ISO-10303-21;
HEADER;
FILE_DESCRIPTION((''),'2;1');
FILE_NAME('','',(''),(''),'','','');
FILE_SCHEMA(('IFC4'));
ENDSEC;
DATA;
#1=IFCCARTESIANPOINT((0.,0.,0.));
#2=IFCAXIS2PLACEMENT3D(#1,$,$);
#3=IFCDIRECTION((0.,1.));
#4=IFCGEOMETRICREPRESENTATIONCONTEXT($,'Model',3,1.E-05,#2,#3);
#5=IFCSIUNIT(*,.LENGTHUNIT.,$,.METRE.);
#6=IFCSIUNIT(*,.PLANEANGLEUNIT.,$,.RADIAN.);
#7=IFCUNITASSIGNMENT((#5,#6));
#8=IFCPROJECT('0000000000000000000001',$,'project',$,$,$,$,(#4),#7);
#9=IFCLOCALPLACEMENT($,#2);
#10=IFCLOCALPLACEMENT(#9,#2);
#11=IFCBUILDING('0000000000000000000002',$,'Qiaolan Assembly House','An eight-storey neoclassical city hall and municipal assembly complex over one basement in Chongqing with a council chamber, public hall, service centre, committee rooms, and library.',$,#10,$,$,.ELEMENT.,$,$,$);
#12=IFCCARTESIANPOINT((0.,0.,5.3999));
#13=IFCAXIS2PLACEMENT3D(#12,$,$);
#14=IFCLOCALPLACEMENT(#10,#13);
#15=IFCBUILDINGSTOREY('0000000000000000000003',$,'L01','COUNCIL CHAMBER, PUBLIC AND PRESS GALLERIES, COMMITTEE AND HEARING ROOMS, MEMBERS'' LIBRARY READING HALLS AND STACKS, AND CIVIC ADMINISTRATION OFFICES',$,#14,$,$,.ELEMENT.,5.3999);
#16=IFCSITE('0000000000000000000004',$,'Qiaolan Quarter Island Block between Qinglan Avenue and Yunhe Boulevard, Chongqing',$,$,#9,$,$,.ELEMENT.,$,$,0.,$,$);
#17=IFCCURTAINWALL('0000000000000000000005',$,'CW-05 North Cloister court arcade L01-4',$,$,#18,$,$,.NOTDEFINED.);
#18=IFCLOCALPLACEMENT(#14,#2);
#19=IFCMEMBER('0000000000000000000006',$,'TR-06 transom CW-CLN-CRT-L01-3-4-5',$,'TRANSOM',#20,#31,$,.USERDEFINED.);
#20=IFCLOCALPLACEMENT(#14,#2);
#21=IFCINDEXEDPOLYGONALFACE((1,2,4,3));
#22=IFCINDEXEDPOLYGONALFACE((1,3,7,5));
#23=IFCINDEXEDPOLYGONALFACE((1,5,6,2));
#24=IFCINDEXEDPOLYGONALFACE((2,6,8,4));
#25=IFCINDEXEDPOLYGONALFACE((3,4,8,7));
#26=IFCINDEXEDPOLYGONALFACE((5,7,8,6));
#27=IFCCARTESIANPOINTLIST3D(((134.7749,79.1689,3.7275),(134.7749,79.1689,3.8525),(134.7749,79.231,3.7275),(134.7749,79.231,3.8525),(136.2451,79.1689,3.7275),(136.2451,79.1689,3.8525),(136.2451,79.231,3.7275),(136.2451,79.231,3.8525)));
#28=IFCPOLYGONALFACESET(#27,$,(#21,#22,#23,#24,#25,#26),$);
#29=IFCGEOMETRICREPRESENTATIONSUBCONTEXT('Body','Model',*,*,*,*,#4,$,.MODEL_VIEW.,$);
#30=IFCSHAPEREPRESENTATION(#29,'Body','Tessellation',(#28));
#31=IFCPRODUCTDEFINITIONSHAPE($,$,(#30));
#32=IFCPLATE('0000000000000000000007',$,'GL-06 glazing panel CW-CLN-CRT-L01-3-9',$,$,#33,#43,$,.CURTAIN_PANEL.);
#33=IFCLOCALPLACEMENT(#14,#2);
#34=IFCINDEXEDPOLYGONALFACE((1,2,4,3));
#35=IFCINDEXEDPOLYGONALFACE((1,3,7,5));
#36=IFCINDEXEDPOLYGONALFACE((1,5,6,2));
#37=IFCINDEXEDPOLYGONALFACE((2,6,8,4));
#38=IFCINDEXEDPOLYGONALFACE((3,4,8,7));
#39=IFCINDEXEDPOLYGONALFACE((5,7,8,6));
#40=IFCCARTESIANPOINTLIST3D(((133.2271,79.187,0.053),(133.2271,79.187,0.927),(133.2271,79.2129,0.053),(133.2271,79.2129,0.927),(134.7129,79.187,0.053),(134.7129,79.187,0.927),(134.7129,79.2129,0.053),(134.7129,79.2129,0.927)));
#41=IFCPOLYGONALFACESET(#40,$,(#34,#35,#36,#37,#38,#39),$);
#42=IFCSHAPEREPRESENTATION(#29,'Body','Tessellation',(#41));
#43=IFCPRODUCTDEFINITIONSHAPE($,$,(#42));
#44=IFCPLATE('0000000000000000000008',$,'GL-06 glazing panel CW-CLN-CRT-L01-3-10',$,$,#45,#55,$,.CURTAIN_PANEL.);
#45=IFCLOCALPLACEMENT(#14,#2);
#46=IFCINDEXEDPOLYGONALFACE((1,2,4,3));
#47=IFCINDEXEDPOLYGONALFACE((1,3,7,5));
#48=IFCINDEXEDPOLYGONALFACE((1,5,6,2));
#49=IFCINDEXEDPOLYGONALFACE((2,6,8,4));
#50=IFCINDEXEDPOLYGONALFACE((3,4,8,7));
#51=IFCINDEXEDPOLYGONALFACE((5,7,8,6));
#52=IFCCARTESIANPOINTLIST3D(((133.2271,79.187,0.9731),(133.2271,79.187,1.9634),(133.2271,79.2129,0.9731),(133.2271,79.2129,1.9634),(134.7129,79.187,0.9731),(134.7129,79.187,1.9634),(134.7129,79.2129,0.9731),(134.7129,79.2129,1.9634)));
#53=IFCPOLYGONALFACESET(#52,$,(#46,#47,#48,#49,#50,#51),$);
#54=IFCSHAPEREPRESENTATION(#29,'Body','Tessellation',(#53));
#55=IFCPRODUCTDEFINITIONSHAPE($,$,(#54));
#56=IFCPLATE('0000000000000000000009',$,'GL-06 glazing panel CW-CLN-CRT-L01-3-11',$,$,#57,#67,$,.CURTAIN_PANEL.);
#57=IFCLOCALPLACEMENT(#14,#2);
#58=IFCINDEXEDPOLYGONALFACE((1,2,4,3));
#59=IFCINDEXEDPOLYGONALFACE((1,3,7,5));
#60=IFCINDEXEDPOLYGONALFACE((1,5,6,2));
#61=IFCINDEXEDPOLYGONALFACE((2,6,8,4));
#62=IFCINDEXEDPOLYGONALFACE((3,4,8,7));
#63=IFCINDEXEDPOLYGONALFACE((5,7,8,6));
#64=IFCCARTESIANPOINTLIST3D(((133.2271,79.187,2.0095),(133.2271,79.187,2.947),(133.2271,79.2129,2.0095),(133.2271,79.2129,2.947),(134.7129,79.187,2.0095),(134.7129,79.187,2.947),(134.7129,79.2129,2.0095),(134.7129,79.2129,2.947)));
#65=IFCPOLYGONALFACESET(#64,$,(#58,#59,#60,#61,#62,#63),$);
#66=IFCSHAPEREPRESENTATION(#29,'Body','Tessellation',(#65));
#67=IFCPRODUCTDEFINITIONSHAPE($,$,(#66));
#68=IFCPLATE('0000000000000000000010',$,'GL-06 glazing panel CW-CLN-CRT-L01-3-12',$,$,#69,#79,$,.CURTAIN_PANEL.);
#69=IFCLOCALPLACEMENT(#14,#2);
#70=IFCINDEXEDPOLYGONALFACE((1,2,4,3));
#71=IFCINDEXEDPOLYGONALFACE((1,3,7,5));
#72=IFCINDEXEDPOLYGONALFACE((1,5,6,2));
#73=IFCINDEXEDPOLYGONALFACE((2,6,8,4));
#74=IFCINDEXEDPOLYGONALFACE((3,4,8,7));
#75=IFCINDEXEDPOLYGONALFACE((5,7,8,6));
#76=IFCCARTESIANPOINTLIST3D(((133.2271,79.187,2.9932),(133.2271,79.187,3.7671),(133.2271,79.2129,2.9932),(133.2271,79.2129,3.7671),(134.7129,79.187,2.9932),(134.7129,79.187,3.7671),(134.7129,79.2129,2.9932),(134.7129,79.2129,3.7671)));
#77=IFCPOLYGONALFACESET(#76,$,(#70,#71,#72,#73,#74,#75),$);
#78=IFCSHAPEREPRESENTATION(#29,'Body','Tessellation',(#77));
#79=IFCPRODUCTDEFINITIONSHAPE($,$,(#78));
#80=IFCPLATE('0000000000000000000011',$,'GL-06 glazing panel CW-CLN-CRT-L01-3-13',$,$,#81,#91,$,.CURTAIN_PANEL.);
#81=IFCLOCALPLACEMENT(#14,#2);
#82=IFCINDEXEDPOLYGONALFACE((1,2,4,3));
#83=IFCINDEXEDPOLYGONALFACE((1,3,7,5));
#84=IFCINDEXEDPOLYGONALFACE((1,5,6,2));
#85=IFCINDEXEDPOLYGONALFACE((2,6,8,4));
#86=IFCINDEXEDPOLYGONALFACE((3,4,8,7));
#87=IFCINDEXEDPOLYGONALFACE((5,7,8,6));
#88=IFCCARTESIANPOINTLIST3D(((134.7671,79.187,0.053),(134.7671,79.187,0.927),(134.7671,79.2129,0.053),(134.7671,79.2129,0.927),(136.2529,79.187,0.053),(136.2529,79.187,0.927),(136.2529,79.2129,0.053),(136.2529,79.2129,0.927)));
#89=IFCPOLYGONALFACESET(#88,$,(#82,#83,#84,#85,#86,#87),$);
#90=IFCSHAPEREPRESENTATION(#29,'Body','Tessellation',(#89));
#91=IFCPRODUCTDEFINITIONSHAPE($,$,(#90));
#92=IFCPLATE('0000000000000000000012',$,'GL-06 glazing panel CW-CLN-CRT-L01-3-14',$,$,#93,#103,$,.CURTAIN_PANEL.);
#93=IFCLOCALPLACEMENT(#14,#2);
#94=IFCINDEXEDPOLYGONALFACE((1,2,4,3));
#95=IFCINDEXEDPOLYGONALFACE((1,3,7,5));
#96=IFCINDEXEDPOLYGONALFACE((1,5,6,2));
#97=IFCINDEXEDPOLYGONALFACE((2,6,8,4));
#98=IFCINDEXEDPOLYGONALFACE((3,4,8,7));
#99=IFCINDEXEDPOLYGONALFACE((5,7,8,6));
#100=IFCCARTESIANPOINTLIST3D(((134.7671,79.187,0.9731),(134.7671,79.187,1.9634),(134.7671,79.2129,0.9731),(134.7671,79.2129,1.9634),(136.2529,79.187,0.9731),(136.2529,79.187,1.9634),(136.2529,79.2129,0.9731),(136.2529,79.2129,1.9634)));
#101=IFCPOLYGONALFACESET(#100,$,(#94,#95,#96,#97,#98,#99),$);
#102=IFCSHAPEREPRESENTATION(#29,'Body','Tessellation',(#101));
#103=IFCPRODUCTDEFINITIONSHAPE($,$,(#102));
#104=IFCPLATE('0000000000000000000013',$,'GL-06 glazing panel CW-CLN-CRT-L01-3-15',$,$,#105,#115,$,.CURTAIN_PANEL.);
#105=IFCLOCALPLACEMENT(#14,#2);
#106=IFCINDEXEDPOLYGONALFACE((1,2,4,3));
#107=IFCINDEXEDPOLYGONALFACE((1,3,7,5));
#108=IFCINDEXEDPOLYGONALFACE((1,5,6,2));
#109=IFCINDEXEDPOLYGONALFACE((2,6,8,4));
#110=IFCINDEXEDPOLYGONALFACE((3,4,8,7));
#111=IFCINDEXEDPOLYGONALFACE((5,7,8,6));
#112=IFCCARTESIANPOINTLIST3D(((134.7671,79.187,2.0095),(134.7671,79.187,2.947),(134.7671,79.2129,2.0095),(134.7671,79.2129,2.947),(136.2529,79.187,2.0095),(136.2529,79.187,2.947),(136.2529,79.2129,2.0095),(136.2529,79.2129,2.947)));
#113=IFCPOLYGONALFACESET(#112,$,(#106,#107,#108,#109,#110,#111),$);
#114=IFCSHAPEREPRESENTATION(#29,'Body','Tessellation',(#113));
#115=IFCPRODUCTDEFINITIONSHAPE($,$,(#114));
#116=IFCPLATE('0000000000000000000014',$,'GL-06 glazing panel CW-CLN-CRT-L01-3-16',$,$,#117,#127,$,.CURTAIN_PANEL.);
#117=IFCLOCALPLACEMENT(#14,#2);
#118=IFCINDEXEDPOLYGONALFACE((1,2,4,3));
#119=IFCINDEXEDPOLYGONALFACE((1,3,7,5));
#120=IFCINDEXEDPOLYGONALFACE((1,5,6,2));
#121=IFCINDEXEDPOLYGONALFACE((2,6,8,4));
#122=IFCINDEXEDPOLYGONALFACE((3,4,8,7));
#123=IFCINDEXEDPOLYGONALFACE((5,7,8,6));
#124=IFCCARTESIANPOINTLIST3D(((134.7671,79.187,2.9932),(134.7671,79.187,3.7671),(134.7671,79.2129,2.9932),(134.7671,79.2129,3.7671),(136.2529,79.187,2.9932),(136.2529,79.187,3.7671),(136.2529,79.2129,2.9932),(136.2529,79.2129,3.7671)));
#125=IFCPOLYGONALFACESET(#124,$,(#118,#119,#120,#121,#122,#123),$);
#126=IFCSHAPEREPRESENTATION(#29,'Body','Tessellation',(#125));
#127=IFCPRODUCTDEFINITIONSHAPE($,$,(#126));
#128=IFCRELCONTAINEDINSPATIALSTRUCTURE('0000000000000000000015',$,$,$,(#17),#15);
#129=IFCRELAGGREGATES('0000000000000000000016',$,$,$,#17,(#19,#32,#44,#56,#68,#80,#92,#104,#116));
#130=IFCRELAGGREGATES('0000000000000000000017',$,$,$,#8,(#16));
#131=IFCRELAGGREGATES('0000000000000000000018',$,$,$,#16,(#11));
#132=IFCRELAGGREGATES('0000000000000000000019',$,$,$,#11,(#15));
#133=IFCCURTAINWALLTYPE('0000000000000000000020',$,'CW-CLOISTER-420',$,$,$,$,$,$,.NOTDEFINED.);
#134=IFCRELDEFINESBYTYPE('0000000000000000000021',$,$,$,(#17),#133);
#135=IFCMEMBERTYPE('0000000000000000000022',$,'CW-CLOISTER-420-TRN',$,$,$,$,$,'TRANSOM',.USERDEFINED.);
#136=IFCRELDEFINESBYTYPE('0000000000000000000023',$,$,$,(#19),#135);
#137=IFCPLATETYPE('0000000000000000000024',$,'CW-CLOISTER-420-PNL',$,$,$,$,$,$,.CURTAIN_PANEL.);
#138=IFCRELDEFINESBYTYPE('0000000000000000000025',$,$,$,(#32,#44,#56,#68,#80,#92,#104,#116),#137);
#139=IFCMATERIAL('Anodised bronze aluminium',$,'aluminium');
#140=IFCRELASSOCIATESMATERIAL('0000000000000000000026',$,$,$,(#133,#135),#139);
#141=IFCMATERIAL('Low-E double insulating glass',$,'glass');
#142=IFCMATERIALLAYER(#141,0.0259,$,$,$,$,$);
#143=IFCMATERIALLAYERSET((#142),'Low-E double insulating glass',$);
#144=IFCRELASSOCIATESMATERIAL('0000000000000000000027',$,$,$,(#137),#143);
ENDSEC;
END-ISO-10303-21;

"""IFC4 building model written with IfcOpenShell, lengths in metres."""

from ifc_helpers import new_model, si_unit, direction, frame, frame_2d, origin, origin_2d, place, context, subcontext, project, spatial, rectangle, extrude, material, layer, layer_set, material_profile, profile_set, type_object, element, aggregate, save


model = new_model("IFC4")

# Units and contexts
model_context = context("Model", 3, precision=1e-05, world=origin(), true_north=direction((0.0, 1.0)))
body_context = subcontext(model_context, "Body", "Model", "MODEL_VIEW")
ifc_project = project(units=[si_unit("LENGTHUNIT", "METRE"), si_unit("PLANEANGLEUNIT", "RADIAN")], contexts=[model_context])

# Site, building, storey
site_placement = place(None, origin())
site = spatial("IfcSite", under=ifc_project, at=site_placement, Name="Qiaolan Quarter Island Block between Qinglan Avenue and Yunhe Boulevard, Chongqing", CompositionType="ELEMENT", RefElevation=0.0)
building_placement = place(site_placement, origin())
building = spatial("IfcBuilding", under=site, at=building_placement, Name="Qiaolan Assembly House", Description="An eight-storey neoclassical city hall and municipal assembly complex over one basement in Chongqing with a council chamber, public hall, service centre, committee rooms, and library.", CompositionType="ELEMENT")
storey_placement = place(building_placement, frame((0.0, 0.0, 5.3999)))
storey = spatial("IfcBuildingStorey", under=building, at=storey_placement, Name="L01", Description="COUNCIL CHAMBER, PUBLIC AND PRESS GALLERIES, COMMITTEE AND HEARING ROOMS, MEMBERS' LIBRARY READING HALLS AND STACKS, AND CIVIC ADMINISTRATION OFFICES", CompositionType="ELEMENT", Elevation=5.3999)

# Curtain wall, member, plates
ifc_material_1 = material(Name="Anodised bronze aluminium", Category="aluminium")
curtain_wall_type = type_object("IfcCurtainWallType", Name="CW-CLOISTER-420", PredefinedType="NOTDEFINED", material=ifc_material_1)
curtain_wall_placement = place(storey_placement, origin())
curtain_wall = element("IfcCurtainWall", 1, at=curtain_wall_placement, inside=storey, type_object=curtain_wall_type, Name="CW-05 North Cloister court arcade L01-4", PredefinedType="NOTDEFINED")
ifc_material_profile_1 = material_profile(ifc_material_1, rectangle(XDim=0.062, YDim=0.125, at=origin_2d()), Name="TRN 62x125")
ifc_profile_set_1 = profile_set([ifc_material_profile_1], Name="Anodised bronze aluminium")
member_type_1 = type_object("IfcMemberType", Name="CW-CLOISTER-420-TRN", ElementType="TRANSOM", PredefinedType="USERDEFINED", material=ifc_profile_set_1)
member_1_placement = place(storey_placement, frame((134.7749, 79.2, 3.79), z_axis=(1.0, 0.0, 0.0), x_axis=(0.0, 1.0, 0.0)))
member_1 = element("IfcMember", 2, at=member_1_placement, type_object=member_type_1, Name="TR-06 transom CW-CLN-CRT-L01-3-4-5", ObjectType="TRANSOM", PredefinedType="USERDEFINED", context=body_context, shape_type="SweptSolid", body=[
    extrude(rectangle(XDim=0.062, YDim=0.125, at=origin_2d()), origin(), (0.0, 0.0, 1.0), 1.4702),
])
ifc_material_2 = material(Name="Low-E double insulating glass", Category="glass")
ifc_layer = layer(ifc_material_2, 0.0259)
ifc_layer_set = layer_set([ifc_layer], Name="Low-E double insulating glass")
plate_type = type_object("IfcPlateType", Name="CW-CLOISTER-420-PNL", PredefinedType="CURTAIN_PANEL", material=ifc_layer_set)
plate_1_placement = place(storey_placement, frame((133.2271, 79.2, 0.053), z_axis=(0.0, 0.0, 1.0), x_axis=(1.0, 0.0, 0.0)))
plate_1 = element("IfcPlate", 3, at=plate_1_placement, type_object=plate_type, Name="GL-06 glazing panel CW-CLN-CRT-L01-3-9", PredefinedType="CURTAIN_PANEL", context=body_context, shape_type="SweptSolid", body=[
    extrude(rectangle(XDim=1.4858, YDim=0.0259, at=frame_2d((0.7429, 0.0))), origin(), (0.0, 0.0, 1.0), 0.874),
])
plate_2_placement = place(storey_placement, frame((133.2271, 79.2, 0.9731), z_axis=(0.0, 0.0, 1.0), x_axis=(1.0, 0.0, 0.0)))
plate_2 = element("IfcPlate", 4, at=plate_2_placement, type_object=plate_type, Name="GL-06 glazing panel CW-CLN-CRT-L01-3-10", PredefinedType="CURTAIN_PANEL", context=body_context, shape_type="SweptSolid", body=[
    extrude(rectangle(XDim=1.4858, YDim=0.0259, at=frame_2d((0.7429, 0.0))), origin(), (0.0, 0.0, 1.0), 0.9902),
])
plate_3_placement = place(storey_placement, frame((133.2271, 79.2, 2.0095), z_axis=(0.0, 0.0, 1.0), x_axis=(1.0, 0.0, 0.0)))
plate_3 = element("IfcPlate", 5, at=plate_3_placement, type_object=plate_type, Name="GL-06 glazing panel CW-CLN-CRT-L01-3-11", PredefinedType="CURTAIN_PANEL", context=body_context, shape_type="SweptSolid", body=[
    extrude(rectangle(XDim=1.4858, YDim=0.0259, at=frame_2d((0.7429, 0.0))), origin(), (0.0, 0.0, 1.0), 0.9375),
])
plate_4_placement = place(storey_placement, frame((133.2271, 79.2, 2.9932), z_axis=(0.0, 0.0, 1.0), x_axis=(1.0, 0.0, 0.0)))
plate_4 = element("IfcPlate", 6, at=plate_4_placement, type_object=plate_type, Name="GL-06 glazing panel CW-CLN-CRT-L01-3-12", PredefinedType="CURTAIN_PANEL", context=body_context, shape_type="SweptSolid", body=[
    extrude(rectangle(XDim=1.4858, YDim=0.0259, at=frame_2d((0.7429, 0.0))), origin(), (0.0, 0.0, 1.0), 0.7739),
])
plate_5_placement = place(storey_placement, frame((134.7671, 79.2, 0.053), z_axis=(0.0, 0.0, 1.0), x_axis=(1.0, 0.0, 0.0)))
plate_5 = element("IfcPlate", 7, at=plate_5_placement, type_object=plate_type, Name="GL-06 glazing panel CW-CLN-CRT-L01-3-13", PredefinedType="CURTAIN_PANEL", context=body_context, shape_type="SweptSolid", body=[
    extrude(rectangle(XDim=1.4858, YDim=0.0259, at=frame_2d((0.7429, 0.0))), origin(), (0.0, 0.0, 1.0), 0.874),
])
plate_6_placement = place(storey_placement, frame((134.7671, 79.2, 0.9731), z_axis=(0.0, 0.0, 1.0), x_axis=(1.0, 0.0, 0.0)))
plate_6 = element("IfcPlate", 8, at=plate_6_placement, type_object=plate_type, Name="GL-06 glazing panel CW-CLN-CRT-L01-3-14", PredefinedType="CURTAIN_PANEL", context=body_context, shape_type="SweptSolid", body=[
    extrude(rectangle(XDim=1.4858, YDim=0.0259, at=frame_2d((0.7429, 0.0))), origin(), (0.0, 0.0, 1.0), 0.9902),
])
plate_7_placement = place(storey_placement, frame((134.7671, 79.2, 2.0095), z_axis=(0.0, 0.0, 1.0), x_axis=(1.0, 0.0, 0.0)))
plate_7 = element("IfcPlate", 9, at=plate_7_placement, type_object=plate_type, Name="GL-06 glazing panel CW-CLN-CRT-L01-3-15", PredefinedType="CURTAIN_PANEL", context=body_context, shape_type="SweptSolid", body=[
    extrude(rectangle(XDim=1.4858, YDim=0.0259, at=frame_2d((0.7429, 0.0))), origin(), (0.0, 0.0, 1.0), 0.9375),
])
plate_8_placement = place(storey_placement, frame((134.7671, 79.2, 2.9932), z_axis=(0.0, 0.0, 1.0), x_axis=(1.0, 0.0, 0.0)))
plate_8 = element("IfcPlate", 10, at=plate_8_placement, type_object=plate_type, Name="GL-06 glazing panel CW-CLN-CRT-L01-3-16", PredefinedType="CURTAIN_PANEL", context=body_context, shape_type="SweptSolid", body=[
    extrude(rectangle(XDim=1.4858, YDim=0.0259, at=frame_2d((0.7429, 0.0))), origin(), (0.0, 0.0, 1.0), 0.7739),
])
aggregate(curtain_wall, [member_1, plate_1, plate_2, plate_3, plate_4, plate_5, plate_6, plate_7, plate_8])

save(model, "model.ifc")
